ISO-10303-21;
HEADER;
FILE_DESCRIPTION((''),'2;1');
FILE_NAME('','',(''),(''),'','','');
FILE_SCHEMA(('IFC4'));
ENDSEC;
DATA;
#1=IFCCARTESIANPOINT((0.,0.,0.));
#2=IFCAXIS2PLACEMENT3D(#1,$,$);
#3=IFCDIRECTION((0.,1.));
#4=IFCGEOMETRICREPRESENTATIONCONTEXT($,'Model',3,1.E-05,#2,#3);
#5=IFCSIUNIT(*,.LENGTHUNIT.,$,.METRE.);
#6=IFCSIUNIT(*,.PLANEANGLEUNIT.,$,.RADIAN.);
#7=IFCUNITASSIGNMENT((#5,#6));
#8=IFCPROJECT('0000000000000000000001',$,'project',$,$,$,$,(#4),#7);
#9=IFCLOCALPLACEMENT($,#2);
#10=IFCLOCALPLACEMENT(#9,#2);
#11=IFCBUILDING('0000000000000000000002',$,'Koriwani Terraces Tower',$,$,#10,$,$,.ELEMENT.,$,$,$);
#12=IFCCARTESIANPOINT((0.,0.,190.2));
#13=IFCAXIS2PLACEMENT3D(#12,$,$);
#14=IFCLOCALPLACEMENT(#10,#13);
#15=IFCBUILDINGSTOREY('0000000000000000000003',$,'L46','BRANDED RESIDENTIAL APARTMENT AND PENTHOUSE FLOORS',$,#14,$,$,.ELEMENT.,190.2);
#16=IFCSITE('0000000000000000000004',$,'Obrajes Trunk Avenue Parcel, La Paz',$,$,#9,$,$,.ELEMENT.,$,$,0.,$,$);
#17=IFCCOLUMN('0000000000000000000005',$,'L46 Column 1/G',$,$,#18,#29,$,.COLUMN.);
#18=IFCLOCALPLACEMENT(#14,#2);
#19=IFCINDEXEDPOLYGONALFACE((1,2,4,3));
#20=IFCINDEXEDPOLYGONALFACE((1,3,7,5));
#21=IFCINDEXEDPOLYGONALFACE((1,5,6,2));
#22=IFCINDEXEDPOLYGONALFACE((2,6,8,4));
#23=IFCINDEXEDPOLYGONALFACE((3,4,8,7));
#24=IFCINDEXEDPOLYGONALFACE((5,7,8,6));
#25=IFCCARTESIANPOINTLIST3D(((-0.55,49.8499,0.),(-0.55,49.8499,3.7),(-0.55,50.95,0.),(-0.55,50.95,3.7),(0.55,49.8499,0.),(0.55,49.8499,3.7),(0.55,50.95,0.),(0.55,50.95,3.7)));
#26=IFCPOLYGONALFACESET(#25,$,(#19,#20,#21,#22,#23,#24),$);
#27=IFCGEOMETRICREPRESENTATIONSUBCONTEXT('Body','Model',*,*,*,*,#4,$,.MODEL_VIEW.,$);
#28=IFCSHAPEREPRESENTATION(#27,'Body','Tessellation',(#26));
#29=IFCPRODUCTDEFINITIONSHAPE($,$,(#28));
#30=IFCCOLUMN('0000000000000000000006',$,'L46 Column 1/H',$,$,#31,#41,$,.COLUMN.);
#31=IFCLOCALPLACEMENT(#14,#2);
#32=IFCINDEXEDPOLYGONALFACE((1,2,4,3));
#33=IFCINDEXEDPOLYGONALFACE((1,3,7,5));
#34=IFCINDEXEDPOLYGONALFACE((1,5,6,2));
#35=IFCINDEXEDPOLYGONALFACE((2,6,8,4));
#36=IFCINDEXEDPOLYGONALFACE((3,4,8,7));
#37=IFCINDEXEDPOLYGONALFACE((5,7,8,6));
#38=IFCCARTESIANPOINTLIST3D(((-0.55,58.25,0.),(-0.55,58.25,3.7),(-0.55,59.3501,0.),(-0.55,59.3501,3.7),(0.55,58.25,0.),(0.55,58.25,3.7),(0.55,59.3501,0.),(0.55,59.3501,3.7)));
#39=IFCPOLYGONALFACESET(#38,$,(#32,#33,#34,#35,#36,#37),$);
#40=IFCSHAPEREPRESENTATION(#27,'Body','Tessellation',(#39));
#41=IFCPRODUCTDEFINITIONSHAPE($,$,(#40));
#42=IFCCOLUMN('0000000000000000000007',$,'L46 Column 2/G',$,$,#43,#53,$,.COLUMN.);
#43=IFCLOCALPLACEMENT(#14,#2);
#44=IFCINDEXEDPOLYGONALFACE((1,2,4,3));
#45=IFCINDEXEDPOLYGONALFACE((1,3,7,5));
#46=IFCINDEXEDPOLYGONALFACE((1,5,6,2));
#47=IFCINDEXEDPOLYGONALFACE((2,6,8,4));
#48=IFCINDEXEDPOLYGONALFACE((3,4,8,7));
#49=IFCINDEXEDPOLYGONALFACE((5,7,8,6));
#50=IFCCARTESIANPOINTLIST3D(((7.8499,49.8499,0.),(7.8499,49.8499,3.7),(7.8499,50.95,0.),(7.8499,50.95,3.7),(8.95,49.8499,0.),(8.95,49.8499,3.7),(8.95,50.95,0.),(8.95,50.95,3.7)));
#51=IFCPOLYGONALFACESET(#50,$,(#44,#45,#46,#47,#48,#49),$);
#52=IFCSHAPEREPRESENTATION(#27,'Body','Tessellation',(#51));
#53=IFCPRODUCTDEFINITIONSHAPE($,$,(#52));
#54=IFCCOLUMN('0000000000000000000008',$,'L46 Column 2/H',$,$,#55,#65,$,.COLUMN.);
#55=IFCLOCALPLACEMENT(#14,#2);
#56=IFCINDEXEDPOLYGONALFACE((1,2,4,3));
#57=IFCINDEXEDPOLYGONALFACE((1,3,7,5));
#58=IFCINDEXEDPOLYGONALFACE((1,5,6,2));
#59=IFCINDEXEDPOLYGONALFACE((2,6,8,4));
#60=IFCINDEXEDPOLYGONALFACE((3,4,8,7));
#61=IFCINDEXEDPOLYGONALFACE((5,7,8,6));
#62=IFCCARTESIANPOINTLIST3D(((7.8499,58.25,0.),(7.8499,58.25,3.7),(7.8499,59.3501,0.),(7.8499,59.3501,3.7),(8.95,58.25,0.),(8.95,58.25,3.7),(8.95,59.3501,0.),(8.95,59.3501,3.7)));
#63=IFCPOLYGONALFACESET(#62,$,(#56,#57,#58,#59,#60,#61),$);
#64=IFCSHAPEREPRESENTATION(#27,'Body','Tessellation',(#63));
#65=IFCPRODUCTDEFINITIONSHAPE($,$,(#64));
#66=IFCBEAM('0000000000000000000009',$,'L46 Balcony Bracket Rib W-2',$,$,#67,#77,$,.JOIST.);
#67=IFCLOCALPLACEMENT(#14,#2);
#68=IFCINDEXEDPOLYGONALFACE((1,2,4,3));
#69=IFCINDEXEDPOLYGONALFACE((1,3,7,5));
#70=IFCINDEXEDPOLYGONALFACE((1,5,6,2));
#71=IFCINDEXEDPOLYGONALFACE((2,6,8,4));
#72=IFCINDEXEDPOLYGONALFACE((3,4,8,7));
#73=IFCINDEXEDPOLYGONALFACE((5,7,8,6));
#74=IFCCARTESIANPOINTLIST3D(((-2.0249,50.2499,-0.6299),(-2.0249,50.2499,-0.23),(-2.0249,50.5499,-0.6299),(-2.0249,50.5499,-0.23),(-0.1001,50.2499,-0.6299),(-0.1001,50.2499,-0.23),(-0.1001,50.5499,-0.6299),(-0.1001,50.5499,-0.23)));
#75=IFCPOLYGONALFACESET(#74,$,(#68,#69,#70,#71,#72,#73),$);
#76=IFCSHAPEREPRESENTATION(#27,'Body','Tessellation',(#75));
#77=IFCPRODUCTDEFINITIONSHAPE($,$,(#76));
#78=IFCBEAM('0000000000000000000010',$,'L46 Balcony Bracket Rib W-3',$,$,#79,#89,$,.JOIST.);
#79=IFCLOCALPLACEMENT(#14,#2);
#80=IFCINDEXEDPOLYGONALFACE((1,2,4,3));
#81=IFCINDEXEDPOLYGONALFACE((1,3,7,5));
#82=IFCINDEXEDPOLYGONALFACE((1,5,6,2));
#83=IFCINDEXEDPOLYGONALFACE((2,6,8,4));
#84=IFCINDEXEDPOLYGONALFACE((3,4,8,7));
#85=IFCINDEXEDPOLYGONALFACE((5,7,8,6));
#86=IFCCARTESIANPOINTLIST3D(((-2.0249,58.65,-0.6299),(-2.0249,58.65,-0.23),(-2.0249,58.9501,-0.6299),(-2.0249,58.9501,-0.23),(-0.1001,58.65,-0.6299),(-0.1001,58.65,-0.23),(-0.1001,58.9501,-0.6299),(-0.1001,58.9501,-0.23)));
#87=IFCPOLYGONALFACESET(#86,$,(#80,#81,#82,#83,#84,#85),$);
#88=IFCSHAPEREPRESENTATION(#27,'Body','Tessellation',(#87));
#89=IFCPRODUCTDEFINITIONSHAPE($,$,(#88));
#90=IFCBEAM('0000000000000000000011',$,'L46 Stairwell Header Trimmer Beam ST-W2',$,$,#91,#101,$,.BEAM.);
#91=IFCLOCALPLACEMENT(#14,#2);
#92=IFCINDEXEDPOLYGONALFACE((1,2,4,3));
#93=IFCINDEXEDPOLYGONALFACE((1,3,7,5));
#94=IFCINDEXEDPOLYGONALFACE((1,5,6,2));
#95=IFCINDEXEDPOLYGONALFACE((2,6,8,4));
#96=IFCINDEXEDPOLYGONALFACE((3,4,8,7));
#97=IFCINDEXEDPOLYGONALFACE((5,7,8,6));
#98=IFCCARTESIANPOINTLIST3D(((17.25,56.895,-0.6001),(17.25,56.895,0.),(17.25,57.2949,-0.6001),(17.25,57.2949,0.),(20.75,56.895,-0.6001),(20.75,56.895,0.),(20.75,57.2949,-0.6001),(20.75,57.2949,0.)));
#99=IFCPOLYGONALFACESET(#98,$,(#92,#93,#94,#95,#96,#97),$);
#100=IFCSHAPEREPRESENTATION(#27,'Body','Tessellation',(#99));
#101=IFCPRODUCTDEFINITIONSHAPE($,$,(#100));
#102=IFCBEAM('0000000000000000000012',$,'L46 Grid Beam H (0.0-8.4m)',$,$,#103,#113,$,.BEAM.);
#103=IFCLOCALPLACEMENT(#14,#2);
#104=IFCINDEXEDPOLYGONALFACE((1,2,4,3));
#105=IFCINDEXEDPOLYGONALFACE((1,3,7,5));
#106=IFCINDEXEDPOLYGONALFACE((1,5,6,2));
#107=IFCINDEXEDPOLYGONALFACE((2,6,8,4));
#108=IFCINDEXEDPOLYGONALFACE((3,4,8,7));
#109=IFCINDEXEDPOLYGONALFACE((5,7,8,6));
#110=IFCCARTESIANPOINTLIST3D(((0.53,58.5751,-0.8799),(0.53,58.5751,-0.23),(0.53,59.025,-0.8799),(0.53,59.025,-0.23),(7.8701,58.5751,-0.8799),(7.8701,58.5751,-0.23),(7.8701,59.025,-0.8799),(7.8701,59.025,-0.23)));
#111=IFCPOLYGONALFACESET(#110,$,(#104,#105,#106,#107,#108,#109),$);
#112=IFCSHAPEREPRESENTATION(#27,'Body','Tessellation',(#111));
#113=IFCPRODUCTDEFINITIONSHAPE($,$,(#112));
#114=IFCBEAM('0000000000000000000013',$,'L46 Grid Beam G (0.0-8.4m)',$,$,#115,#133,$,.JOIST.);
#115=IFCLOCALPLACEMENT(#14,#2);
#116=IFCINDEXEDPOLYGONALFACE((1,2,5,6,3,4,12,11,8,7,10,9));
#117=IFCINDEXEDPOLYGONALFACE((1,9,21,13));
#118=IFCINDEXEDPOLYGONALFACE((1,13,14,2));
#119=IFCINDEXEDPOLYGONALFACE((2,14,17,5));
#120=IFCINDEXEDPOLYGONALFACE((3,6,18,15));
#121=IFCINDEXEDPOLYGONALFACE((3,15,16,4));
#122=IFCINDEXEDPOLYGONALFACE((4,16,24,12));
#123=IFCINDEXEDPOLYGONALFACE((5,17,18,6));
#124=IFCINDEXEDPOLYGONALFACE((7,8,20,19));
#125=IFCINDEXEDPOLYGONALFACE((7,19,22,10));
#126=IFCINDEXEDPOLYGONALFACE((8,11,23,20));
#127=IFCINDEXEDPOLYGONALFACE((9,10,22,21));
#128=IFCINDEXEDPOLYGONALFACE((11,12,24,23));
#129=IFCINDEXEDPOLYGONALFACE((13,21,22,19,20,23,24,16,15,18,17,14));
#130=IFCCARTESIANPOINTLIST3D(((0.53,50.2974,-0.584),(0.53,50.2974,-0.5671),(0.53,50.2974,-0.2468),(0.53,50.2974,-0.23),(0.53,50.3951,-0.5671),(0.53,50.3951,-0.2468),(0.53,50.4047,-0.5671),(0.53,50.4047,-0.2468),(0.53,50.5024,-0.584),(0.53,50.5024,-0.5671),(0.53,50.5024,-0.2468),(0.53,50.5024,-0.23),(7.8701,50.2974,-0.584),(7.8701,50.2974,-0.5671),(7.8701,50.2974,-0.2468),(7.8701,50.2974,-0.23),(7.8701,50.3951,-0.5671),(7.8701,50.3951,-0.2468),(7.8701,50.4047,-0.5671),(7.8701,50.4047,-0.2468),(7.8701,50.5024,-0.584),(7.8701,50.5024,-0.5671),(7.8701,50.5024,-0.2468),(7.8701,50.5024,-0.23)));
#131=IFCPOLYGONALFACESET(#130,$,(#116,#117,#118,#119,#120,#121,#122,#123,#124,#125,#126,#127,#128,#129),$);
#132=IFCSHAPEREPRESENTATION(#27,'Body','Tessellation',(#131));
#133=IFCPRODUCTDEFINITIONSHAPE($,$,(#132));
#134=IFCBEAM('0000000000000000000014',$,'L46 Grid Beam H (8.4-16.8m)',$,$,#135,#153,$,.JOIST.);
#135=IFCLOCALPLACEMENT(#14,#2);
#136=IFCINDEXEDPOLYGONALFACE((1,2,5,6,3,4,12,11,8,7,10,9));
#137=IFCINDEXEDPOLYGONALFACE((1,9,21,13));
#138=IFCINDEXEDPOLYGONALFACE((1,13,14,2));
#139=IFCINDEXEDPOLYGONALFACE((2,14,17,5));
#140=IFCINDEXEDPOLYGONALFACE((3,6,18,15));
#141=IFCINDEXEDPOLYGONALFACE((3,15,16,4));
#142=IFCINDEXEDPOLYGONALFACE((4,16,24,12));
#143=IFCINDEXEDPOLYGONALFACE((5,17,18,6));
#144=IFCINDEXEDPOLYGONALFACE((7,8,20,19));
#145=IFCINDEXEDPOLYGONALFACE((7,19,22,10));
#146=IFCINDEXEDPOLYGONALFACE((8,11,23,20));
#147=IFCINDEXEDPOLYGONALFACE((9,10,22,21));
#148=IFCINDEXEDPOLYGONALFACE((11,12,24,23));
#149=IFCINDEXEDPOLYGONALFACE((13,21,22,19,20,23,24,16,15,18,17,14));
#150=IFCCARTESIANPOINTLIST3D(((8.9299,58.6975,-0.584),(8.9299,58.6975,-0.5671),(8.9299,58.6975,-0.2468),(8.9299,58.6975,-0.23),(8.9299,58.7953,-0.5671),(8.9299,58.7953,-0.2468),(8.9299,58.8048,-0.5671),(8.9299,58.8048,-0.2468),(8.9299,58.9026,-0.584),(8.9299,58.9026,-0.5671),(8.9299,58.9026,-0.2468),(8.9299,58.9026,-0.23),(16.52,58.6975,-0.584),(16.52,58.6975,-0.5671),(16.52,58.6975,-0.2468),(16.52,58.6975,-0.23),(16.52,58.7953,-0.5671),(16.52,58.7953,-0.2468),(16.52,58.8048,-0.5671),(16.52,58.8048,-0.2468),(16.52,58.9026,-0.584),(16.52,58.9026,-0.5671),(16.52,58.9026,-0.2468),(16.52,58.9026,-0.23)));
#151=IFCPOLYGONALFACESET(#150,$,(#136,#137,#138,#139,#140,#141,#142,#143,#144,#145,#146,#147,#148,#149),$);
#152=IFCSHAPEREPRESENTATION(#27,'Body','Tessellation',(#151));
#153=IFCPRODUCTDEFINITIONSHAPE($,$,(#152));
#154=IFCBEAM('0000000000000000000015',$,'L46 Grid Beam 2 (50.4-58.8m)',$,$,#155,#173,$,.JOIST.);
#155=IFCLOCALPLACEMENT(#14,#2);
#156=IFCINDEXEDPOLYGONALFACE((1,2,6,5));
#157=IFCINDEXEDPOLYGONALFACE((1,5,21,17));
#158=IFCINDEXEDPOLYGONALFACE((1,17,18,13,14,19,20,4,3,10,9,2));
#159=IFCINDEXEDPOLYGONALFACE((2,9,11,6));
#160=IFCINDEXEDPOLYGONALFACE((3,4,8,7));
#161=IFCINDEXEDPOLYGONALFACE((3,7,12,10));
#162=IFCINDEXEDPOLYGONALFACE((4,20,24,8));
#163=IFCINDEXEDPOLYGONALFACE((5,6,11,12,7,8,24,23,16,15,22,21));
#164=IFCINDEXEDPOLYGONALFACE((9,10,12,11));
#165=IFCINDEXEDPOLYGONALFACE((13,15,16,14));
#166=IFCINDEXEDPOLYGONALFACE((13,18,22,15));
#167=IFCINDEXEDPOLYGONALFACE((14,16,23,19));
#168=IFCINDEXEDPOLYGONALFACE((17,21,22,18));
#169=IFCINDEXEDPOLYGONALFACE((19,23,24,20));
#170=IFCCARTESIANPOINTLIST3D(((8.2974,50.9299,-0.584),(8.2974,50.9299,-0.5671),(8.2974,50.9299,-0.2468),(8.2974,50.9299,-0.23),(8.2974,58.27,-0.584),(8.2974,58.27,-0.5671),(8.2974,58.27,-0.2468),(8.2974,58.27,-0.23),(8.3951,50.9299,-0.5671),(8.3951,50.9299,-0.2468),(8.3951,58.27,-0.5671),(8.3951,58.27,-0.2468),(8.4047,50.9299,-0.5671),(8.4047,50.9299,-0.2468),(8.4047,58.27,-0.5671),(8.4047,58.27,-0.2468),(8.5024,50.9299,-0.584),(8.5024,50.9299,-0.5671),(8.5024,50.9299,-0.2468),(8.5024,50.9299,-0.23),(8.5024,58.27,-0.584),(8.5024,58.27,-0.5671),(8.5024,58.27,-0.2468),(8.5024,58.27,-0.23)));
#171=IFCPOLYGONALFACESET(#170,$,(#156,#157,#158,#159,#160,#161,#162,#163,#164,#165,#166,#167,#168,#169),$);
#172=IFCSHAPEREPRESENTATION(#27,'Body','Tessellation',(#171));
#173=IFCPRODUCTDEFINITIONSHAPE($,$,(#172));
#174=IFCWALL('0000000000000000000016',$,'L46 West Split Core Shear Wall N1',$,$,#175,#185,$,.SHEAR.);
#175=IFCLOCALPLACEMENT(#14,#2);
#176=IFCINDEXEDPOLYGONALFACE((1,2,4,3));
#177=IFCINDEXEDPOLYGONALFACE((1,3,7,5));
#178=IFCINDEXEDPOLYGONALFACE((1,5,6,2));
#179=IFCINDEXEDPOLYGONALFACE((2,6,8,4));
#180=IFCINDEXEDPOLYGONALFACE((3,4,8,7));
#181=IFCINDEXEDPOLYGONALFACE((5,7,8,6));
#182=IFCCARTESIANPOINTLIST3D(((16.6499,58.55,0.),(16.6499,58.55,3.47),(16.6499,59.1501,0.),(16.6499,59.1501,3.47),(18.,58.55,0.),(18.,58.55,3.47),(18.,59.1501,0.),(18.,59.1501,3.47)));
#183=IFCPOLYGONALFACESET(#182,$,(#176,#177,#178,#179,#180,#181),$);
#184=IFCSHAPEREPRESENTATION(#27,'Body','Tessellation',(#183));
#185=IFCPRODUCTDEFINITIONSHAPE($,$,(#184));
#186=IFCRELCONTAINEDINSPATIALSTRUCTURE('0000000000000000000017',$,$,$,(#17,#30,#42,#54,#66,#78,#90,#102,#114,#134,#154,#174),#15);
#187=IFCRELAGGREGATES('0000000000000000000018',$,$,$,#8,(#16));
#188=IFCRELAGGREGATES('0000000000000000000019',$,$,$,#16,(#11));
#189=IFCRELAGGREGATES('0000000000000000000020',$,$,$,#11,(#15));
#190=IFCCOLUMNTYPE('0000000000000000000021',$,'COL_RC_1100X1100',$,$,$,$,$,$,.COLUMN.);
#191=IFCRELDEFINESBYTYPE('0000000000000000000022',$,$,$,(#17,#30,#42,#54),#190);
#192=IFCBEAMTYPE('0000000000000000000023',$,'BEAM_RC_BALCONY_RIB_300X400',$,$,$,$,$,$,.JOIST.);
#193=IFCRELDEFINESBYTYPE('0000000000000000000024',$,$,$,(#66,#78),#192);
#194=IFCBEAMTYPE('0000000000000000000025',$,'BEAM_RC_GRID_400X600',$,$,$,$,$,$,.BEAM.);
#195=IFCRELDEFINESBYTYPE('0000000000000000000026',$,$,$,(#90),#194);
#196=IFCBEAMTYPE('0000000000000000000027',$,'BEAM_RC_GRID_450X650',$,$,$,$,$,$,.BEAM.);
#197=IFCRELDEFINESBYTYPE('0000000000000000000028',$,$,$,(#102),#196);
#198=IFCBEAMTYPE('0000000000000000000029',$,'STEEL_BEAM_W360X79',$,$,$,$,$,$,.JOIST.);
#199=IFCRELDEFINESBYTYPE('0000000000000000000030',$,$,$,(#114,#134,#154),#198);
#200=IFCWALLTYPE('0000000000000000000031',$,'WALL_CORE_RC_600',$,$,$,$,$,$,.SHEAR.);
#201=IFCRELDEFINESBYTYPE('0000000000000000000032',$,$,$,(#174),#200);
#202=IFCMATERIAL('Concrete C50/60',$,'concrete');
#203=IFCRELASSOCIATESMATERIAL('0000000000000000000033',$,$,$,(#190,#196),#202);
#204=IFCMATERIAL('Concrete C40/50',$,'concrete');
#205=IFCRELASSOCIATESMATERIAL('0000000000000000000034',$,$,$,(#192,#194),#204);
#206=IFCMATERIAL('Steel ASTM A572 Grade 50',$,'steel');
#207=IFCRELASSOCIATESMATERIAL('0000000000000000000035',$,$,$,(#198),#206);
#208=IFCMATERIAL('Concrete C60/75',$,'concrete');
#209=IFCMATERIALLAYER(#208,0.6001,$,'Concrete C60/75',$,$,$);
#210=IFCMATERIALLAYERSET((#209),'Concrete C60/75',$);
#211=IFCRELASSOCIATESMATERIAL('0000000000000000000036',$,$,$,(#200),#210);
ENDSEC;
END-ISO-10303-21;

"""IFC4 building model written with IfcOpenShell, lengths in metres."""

from ifc_helpers import new_model, si_unit, direction, frame, frame_2d, origin, origin_2d, place, context, subcontext, project, spatial, rectangle, i_section, extrude, material, layer, layer_set, material_profile, profile_set, type_object, element, save


model = new_model("IFC4")

# Units and contexts
model_context = context("Model", 3, precision=1e-05, world=origin(), true_north=direction((0.0, 1.0)))
body_context = subcontext(model_context, "Body", "Model", "MODEL_VIEW")
ifc_project = project(units=[si_unit("LENGTHUNIT", "METRE"), si_unit("PLANEANGLEUNIT", "RADIAN")], contexts=[model_context])

# Site, building, storey
site_placement = place(None, origin())
site = spatial("IfcSite", under=ifc_project, at=site_placement, Name="Obrajes Trunk Avenue Parcel, La Paz", CompositionType="ELEMENT", RefElevation=0.0)
building_placement = place(site_placement, origin())
building = spatial("IfcBuilding", under=site, at=building_placement, Name="Koriwani Terraces Tower", CompositionType="ELEMENT")
storey_placement = place(building_placement, frame((0.0, 0.0, 190.2)))
storey = spatial("IfcBuildingStorey", under=building, at=storey_placement, Name="L46", Description="BRANDED RESIDENTIAL APARTMENT AND PENTHOUSE FLOORS", CompositionType="ELEMENT", Elevation=190.2)

# Columns
ifc_material_1 = material(Name="Concrete C50/60", Category="concrete")
ifc_material_profile_1 = material_profile(ifc_material_1, rectangle(XDim=1.1001, YDim=1.1001, at=origin_2d()), Name="Concrete C50/60", Category="LoadBearing")
ifc_profile_set_1 = profile_set([ifc_material_profile_1], Name="Concrete C50/60")
column_type = type_object("IfcColumnType", Name="COL_RC_1100X1100", PredefinedType="COLUMN", material=ifc_profile_set_1)
for number, where, z_axis, x_axis, name in (
    (1, (0.0, 50.3999, 0.0), (0.0, 0.0, 1.0), (1.0, 0.0, 0.0), "L46 Column 1/G"),
    (2, (0.0, 58.8, 0.0), (0.0, 0.0, 1.0), (1.0, 0.0, 0.0), "L46 Column 1/H"),
    (3, (8.3999, 50.3999, 0.0), (0.0, 0.0, 1.0), (1.0, 0.0, 0.0), "L46 Column 2/G"),
    (4, (8.3999, 58.8, 0.0), (0.0, 0.0, 1.0), (1.0, 0.0, 0.0), "L46 Column 2/H"),
):
    element("IfcColumn", number, at=place(storey_placement, frame(where, z_axis=z_axis, x_axis=x_axis)), inside=storey, type_object=column_type, Name=name, PredefinedType="COLUMN", context=body_context, shape_type="SweptSolid", body=[
        extrude(rectangle(XDim=1.1001, YDim=1.1001, at=origin_2d()), origin(), (0.0, 0.0, 1.0), 3.7),
    ])

# Beams
ifc_material_2 = material(Name="Concrete C40/50", Category="concrete")
ifc_material_profile_2 = material_profile(ifc_material_2, rectangle(XDim=0.3, YDim=0.3999, at=origin_2d()), Name="Concrete C40/50", Category="LoadBearing")
ifc_profile_set_2 = profile_set([ifc_material_profile_2], Name="Concrete C40/50")
beam_type_1 = type_object("IfcBeamType", Name="BEAM_RC_BALCONY_RIB_300X400", PredefinedType="JOIST", material=ifc_profile_set_2)
for number, where, z_axis, x_axis, name in (
    (5, (-2.0249, 50.3999, -0.4299), (1.0, 0.0, 0.0), (0.0, 1.0, 0.0), "L46 Balcony Bracket Rib W-2"),
    (6, (-2.0249, 58.8, -0.4299), (1.0, 0.0, 0.0), (0.0, 1.0, 0.0), "L46 Balcony Bracket Rib W-3"),
):
    element("IfcBeam", number, at=place(storey_placement, frame(where, z_axis=z_axis, x_axis=x_axis)), inside=storey, type_object=beam_type_1, Name=name, PredefinedType="JOIST", context=body_context, shape_type="SweptSolid", body=[
        extrude(rectangle(XDim=0.3, YDim=0.3999, at=origin_2d()), origin(), (0.0, 0.0, 1.0), 1.9248),
    ])
ifc_material_profile_3 = material_profile(ifc_material_2, rectangle(XDim=0.3999, YDim=0.6001, at=origin_2d()), Name="Concrete C40/50", Category="LoadBearing")
ifc_profile_set_3 = profile_set([ifc_material_profile_3], Name="Concrete C40/50")
beam_type_2 = type_object("IfcBeamType", Name="BEAM_RC_GRID_400X600", PredefinedType="BEAM", material=ifc_profile_set_3)
beam_1_placement = place(storey_placement, frame((17.25, 57.095, -0.3), z_axis=(1.0, 0.0, 0.0), x_axis=(0.0, 1.0, 0.0)))
element("IfcBeam", 7, at=beam_1_placement, inside=storey, type_object=beam_type_2, Name="L46 Stairwell Header Trimmer Beam ST-W2", PredefinedType="BEAM", context=body_context, shape_type="SweptSolid", body=[
    extrude(rectangle(XDim=0.3999, YDim=0.6001, at=origin_2d()), origin(), (0.0, 0.0, 1.0), 3.5),
])
ifc_material_profile_4 = material_profile(ifc_material_1, rectangle(XDim=0.45, YDim=0.6499, at=origin_2d()), Name="Concrete C50/60", Category="LoadBearing")
ifc_profile_set_4 = profile_set([ifc_material_profile_4], Name="Concrete C50/60")
beam_type_3 = type_object("IfcBeamType", Name="BEAM_RC_GRID_450X650", PredefinedType="BEAM", material=ifc_profile_set_4)
beam_2_placement = place(storey_placement, frame((0.53, 58.8, -0.5549), z_axis=(1.0, 0.0, 0.0), x_axis=(0.0, 1.0, 0.0)))
element("IfcBeam", 8, at=beam_2_placement, inside=storey, type_object=beam_type_3, Name="L46 Grid Beam H (0.0-8.4m)", PredefinedType="BEAM", context=body_context, shape_type="SweptSolid", body=[
    extrude(rectangle(XDim=0.45, YDim=0.6499, at=origin_2d()), origin(), (0.0, 0.0, 1.0), 7.3401),
])
ifc_material_3 = material(Name="Steel ASTM A572 Grade 50", Category="steel")
ifc_material_profile_5 = material_profile(ifc_material_3, i_section(OverallWidth=0.2051, OverallDepth=0.354, WebThickness=0.0095, FlangeThickness=0.0168, at=origin_2d()), Name="Steel ASTM A572 Grade 50", Category="LoadBearing")
ifc_profile_set_5 = profile_set([ifc_material_profile_5], Name="Steel ASTM A572 Grade 50")
beam_type_4 = type_object("IfcBeamType", Name="STEEL_BEAM_W360X79", PredefinedType="JOIST", material=ifc_profile_set_5)
beam_3_placement = place(storey_placement, frame((0.53, 50.3999, -0.407), z_axis=(1.0, 0.0, 0.0), x_axis=(0.0, 1.0, 0.0)))
element("IfcBeam", 9, at=beam_3_placement, inside=storey, type_object=beam_type_4, Name="L46 Grid Beam G (0.0-8.4m)", PredefinedType="JOIST", context=body_context, shape_type="SweptSolid", body=[
    extrude(i_section(OverallWidth=0.2051, OverallDepth=0.354, WebThickness=0.0095, FlangeThickness=0.0168, at=origin_2d()), origin(), (0.0, 0.0, 1.0), 7.3401),
])
beam_4_placement = place(storey_placement, frame((8.9299, 58.8, -0.407), z_axis=(1.0, 0.0, 0.0), x_axis=(0.0, 1.0, 0.0)))
element("IfcBeam", 10, at=beam_4_placement, inside=storey, type_object=beam_type_4, Name="L46 Grid Beam H (8.4-16.8m)", PredefinedType="JOIST", context=body_context, shape_type="SweptSolid", body=[
    extrude(i_section(OverallWidth=0.2051, OverallDepth=0.354, WebThickness=0.0095, FlangeThickness=0.0168, at=origin_2d()), origin(), (0.0, 0.0, 1.0), 7.5901),
])
beam_5_placement = place(storey_placement, frame((8.3999, 50.9299, -0.407), z_axis=(0.0, 1.0, 0.0), x_axis=(-1.0, 0.0, 0.0)))
element("IfcBeam", 11, at=beam_5_placement, inside=storey, type_object=beam_type_4, Name="L46 Grid Beam 2 (50.4-58.8m)", PredefinedType="JOIST", context=body_context, shape_type="SweptSolid", body=[
    extrude(i_section(OverallWidth=0.2051, OverallDepth=0.354, WebThickness=0.0095, FlangeThickness=0.0168, at=origin_2d()), origin(), (0.0, 0.0, 1.0), 7.3401),
])

# Wall
ifc_material_4 = material(Name="Concrete C60/75", Category="concrete")
ifc_layer_1 = layer(ifc_material_4, 0.6001, Name="Concrete C60/75")
ifc_layer_set_1 = layer_set([ifc_layer_1], Name="Concrete C60/75")
wall_type_1 = type_object("IfcWallType", Name="WALL_CORE_RC_600", PredefinedType="SHEAR", material=ifc_layer_set_1)
wall_1_placement = place(storey_placement, frame((16.6499, 58.8501, 0.0), z_axis=(0.0, 0.0, 1.0), x_axis=(1.0, 0.0, 0.0)))
element("IfcWall", 12, at=wall_1_placement, inside=storey, type_object=wall_type_1, Name="L46 West Split Core Shear Wall N1", PredefinedType="SHEAR", context=body_context, shape_type="SweptSolid", body=[
    extrude(rectangle(XDim=1.3501, YDim=0.6001, at=frame_2d((0.675, 0.0))), origin(), (0.0, 0.0, 1.0), 3.47),
])

save(model, "model.ifc")
